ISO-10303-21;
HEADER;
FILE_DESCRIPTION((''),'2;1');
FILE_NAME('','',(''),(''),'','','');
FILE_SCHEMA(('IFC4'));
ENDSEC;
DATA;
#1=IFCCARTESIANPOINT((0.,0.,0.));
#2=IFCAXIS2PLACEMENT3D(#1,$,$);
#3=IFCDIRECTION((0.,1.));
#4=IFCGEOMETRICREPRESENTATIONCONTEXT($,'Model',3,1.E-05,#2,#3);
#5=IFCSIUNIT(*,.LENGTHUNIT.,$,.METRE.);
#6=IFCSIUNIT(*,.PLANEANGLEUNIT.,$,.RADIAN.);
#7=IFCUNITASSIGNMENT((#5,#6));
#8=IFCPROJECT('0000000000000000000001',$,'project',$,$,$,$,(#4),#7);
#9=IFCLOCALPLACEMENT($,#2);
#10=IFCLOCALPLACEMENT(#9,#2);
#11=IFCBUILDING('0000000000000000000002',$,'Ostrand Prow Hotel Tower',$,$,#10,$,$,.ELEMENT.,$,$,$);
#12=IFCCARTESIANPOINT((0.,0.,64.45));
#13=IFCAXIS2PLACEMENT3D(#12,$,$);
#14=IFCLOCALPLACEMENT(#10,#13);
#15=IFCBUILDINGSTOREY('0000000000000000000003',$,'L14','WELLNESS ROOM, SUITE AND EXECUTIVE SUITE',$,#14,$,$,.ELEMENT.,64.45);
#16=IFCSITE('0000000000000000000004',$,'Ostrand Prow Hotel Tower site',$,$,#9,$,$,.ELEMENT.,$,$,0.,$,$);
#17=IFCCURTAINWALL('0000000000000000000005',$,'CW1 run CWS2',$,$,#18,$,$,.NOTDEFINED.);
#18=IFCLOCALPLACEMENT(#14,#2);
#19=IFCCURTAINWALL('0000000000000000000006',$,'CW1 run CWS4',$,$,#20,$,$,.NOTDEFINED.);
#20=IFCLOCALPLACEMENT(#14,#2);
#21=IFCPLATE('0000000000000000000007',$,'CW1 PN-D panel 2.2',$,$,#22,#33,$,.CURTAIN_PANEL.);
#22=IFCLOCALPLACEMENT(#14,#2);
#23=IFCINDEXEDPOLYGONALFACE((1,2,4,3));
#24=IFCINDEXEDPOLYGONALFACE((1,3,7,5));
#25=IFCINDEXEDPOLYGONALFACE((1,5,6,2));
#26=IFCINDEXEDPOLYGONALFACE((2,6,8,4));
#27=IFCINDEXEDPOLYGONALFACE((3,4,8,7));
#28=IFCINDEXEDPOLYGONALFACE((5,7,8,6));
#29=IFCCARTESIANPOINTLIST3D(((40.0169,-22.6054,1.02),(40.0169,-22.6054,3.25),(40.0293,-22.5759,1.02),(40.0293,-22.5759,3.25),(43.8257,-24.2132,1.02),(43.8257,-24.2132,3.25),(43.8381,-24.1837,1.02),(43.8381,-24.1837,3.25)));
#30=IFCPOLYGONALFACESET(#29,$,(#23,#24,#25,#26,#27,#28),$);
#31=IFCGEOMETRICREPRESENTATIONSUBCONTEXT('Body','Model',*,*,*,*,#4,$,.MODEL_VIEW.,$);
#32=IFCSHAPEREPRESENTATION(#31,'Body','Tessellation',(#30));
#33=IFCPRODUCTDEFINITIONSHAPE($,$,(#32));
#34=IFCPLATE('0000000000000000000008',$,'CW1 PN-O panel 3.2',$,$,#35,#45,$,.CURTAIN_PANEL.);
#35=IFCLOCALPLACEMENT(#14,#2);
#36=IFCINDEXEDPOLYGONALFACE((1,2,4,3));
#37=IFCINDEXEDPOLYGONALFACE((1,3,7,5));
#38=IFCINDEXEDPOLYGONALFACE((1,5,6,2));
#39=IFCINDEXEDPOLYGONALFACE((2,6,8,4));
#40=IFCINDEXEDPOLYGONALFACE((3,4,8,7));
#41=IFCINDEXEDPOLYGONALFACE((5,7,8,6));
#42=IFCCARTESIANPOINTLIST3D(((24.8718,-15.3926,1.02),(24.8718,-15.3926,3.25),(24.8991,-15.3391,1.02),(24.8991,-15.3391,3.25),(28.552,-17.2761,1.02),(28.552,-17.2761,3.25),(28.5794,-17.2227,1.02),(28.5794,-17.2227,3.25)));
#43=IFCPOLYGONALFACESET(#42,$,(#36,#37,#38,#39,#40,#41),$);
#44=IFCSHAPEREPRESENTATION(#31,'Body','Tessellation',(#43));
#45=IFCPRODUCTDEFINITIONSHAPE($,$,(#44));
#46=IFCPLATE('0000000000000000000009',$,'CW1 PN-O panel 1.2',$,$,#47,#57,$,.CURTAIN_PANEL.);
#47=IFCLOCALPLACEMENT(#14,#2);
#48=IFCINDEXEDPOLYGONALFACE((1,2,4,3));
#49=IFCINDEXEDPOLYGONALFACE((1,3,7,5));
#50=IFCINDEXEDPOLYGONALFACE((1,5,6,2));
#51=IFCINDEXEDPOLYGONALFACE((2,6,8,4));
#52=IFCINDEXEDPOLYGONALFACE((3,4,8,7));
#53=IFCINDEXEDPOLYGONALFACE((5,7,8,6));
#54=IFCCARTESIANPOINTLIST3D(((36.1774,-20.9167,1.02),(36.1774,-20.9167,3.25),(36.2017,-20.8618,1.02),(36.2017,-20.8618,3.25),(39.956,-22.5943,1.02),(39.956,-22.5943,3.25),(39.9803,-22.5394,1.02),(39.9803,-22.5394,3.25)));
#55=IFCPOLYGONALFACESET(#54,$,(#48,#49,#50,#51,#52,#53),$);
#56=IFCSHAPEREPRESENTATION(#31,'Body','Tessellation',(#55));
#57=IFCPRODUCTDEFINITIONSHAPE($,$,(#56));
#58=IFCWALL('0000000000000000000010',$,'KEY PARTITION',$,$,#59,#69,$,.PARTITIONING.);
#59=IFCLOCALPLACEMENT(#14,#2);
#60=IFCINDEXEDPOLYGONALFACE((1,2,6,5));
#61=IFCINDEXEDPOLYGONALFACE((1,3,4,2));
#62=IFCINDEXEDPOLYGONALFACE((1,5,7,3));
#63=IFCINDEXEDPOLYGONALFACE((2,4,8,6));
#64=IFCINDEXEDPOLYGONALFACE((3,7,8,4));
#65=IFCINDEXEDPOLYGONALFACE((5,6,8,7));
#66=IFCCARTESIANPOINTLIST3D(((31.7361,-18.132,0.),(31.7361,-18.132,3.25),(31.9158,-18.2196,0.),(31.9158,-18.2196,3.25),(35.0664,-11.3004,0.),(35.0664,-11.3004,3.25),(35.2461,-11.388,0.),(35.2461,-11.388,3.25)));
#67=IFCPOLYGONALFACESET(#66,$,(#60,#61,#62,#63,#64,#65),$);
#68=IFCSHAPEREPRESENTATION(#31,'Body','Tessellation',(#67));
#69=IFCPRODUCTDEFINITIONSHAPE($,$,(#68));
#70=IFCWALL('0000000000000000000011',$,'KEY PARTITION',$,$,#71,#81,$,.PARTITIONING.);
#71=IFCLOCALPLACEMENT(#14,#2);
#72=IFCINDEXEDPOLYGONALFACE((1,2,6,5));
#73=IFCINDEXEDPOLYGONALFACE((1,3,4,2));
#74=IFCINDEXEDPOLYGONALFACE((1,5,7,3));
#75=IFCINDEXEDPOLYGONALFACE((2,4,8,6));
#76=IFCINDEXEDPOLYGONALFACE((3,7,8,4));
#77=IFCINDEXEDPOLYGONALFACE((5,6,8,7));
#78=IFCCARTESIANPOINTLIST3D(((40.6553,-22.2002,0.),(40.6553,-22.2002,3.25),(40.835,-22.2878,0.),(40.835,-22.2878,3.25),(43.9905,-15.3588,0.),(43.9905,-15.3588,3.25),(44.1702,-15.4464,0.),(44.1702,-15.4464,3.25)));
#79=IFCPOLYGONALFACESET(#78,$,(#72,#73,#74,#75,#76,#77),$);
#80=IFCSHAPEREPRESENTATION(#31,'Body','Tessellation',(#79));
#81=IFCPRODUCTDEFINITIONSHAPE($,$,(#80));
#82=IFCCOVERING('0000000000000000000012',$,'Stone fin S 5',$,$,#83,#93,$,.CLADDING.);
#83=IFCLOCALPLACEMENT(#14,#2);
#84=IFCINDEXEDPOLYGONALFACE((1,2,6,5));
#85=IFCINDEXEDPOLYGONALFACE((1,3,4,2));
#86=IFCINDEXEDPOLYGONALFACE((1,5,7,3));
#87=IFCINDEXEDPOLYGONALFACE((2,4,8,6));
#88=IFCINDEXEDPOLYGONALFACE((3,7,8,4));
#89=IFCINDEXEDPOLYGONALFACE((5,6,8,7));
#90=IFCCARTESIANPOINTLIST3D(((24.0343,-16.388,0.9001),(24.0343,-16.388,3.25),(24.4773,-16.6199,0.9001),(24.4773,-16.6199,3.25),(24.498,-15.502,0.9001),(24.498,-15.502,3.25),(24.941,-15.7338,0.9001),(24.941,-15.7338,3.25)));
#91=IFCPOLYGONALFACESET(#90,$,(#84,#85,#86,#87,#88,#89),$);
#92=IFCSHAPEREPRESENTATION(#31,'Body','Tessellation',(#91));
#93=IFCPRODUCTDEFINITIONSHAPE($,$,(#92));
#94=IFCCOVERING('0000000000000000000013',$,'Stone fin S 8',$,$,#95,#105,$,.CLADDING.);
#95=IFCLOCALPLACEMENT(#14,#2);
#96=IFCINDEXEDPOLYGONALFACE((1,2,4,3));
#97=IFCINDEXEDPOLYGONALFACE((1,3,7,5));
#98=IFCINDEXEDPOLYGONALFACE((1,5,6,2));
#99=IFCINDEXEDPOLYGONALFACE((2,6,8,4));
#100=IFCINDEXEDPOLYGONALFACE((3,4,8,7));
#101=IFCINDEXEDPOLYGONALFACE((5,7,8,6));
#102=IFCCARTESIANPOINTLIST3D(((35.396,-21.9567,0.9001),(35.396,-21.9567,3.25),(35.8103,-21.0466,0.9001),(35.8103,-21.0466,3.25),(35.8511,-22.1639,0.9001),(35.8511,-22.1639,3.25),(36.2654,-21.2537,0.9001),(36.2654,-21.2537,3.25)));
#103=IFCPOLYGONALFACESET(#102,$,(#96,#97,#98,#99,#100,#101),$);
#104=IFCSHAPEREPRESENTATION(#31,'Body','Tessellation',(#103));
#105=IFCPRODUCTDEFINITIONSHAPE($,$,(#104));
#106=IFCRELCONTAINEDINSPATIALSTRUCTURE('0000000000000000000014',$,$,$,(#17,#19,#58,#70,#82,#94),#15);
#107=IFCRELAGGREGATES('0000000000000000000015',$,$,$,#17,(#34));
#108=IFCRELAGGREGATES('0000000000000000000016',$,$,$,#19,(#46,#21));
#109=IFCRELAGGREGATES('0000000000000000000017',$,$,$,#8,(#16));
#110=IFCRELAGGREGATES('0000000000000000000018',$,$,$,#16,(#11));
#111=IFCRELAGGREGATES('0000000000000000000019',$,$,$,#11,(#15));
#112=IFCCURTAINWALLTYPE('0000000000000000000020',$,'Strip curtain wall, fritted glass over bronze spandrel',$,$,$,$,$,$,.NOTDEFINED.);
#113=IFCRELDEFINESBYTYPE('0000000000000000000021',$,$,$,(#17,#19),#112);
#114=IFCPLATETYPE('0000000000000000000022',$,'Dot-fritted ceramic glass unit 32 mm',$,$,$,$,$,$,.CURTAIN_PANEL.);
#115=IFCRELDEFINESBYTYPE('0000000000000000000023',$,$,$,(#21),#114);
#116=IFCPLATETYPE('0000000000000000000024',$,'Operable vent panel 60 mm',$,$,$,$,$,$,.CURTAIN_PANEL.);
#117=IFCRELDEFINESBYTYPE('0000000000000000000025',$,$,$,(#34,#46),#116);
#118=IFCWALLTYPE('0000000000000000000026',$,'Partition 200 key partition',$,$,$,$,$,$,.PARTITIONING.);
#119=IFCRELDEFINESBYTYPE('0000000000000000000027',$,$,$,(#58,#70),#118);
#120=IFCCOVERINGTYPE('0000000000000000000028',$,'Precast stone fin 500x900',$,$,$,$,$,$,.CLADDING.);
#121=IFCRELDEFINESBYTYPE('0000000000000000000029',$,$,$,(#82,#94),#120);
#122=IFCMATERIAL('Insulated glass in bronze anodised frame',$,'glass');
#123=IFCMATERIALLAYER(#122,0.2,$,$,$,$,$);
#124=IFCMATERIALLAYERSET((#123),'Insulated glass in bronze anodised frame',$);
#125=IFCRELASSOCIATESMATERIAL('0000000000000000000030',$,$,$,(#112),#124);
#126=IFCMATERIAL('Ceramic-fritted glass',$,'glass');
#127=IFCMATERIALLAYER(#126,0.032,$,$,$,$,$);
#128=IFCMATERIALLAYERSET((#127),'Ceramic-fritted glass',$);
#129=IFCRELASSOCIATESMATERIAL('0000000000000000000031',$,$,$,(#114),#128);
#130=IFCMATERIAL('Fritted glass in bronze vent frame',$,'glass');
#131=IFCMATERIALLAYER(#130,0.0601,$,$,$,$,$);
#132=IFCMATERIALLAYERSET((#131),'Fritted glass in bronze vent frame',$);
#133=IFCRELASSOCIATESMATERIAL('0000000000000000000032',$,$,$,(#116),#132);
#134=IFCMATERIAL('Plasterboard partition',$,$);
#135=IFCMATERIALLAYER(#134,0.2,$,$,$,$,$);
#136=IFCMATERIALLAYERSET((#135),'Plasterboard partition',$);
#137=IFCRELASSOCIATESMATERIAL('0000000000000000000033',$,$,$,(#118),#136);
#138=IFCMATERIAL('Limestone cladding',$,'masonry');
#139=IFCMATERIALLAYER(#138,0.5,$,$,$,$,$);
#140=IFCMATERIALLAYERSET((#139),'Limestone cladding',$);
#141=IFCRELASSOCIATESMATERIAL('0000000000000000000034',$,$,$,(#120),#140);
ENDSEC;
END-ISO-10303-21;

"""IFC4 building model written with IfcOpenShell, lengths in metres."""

from ifc_helpers import new_model, si_unit, direction, frame, frame_2d, origin, origin_2d, place, context, subcontext, project, spatial, rectangle, extrude, material, layer, layer_set, type_object, element, aggregate, save


model = new_model("IFC4")

# Units and contexts
model_context = context("Model", 3, precision=1e-05, world=origin(), true_north=direction((0.0, 1.0)))
body_context = subcontext(model_context, "Body", "Model", "MODEL_VIEW")
ifc_project = project(units=[si_unit("LENGTHUNIT", "METRE"), si_unit("PLANEANGLEUNIT", "RADIAN")], contexts=[model_context])

# Site, building, storey
site_placement = place(None, origin())
site = spatial("IfcSite", under=ifc_project, at=site_placement, Name="Ostrand Prow Hotel Tower site", CompositionType="ELEMENT", RefElevation=0.0)
building_placement = place(site_placement, origin())
building = spatial("IfcBuilding", under=site, at=building_placement, Name="Ostrand Prow Hotel Tower", CompositionType="ELEMENT")
storey_placement = place(building_placement, frame((0.0, 0.0, 64.45)))
storey = spatial("IfcBuildingStorey", under=building, at=storey_placement, Name="L14", Description="WELLNESS ROOM, SUITE AND EXECUTIVE SUITE", CompositionType="ELEMENT", Elevation=64.45)

# Curtain wall
ifc_material_1 = material(Name="Insulated glass in bronze anodised frame", Category="glass")
ifc_layer_1 = layer(ifc_material_1, 0.2)
ifc_layer_set_1 = layer_set([ifc_layer_1], Name="Insulated glass in bronze anodised frame")
curtain_wall_type = type_object("IfcCurtainWallType", Name="Strip curtain wall, fritted glass over bronze spandrel", PredefinedType="NOTDEFINED", material=ifc_layer_set_1)
curtain_wall_1_placement = place(storey_placement, origin())
curtain_wall_1 = element("IfcCurtainWall", 1, at=curtain_wall_1_placement, inside=storey, type_object=curtain_wall_type, Name="CW1 run CWS2", PredefinedType="NOTDEFINED")

# Curtain wall
curtain_wall_2_placement = place(storey_placement, origin())
curtain_wall_2 = element("IfcCurtainWall", 2, at=curtain_wall_2_placement, inside=storey, type_object=curtain_wall_type, Name="CW1 run CWS4", PredefinedType="NOTDEFINED")

# Plates
ifc_material_2 = material(Name="Ceramic-fritted glass", Category="glass")
ifc_layer_2 = layer(ifc_material_2, 0.032)
ifc_layer_set_2 = layer_set([ifc_layer_2], Name="Ceramic-fritted glass")
plate_type_1 = type_object("IfcPlateType", Name="Dot-fritted ceramic glass unit 32 mm", PredefinedType="CURTAIN_PANEL", material=ifc_layer_set_2)
plate_1_placement = place(storey_placement, frame((41.9275, -23.3945, 1.02), z_axis=(0.0, 0.0, 1.0), x_axis=(0.921283, -0.388892, 0.0)))
plate_1 = element("IfcPlate", 3, at=plate_1_placement, type_object=plate_type_1, Name="CW1 PN-D panel 2.2", PredefinedType="CURTAIN_PANEL", context=body_context, shape_type="SweptSolid", body=[
    extrude(rectangle(XDim=4.1343, YDim=0.032, at=origin_2d()), origin(), (0.0, 0.0, 1.0), 2.23),
])
ifc_material_3 = material(Name="Fritted glass in bronze vent frame", Category="glass")
ifc_layer_3 = layer(ifc_material_3, 0.0601)
ifc_layer_set_3 = layer_set([ifc_layer_3], Name="Fritted glass in bronze vent frame")
plate_type_2 = type_object("IfcPlateType", Name="Operable vent panel 60 mm", PredefinedType="CURTAIN_PANEL", material=ifc_layer_set_3)
plate_2_placement = place(storey_placement, frame((26.7256, -16.3076, 1.02), z_axis=(0.0, 0.0, 1.0), x_axis=(0.890187, -0.455596, 0.0)))
plate_2 = element("IfcPlate", 4, at=plate_2_placement, type_object=plate_type_2, Name="CW1 PN-O panel 3.2", PredefinedType="CURTAIN_PANEL", context=body_context, shape_type="SweptSolid", body=[
    extrude(rectangle(XDim=4.1343, YDim=0.0601, at=origin_2d()), origin(), (0.0, 0.0, 1.0), 2.23),
])
aggregate(curtain_wall_1, [plate_2])
plate_3_placement = place(storey_placement, frame((38.0789, -21.728, 1.02), z_axis=(0.0, 0.0, 1.0), x_axis=(0.913971, -0.40578, 0.0)))
plate_3 = element("IfcPlate", 5, at=plate_3_placement, type_object=plate_type_2, Name="CW1 PN-O panel 1.2", PredefinedType="CURTAIN_PANEL", context=body_context, shape_type="SweptSolid", body=[
    extrude(rectangle(XDim=4.1343, YDim=0.0601, at=origin_2d()), origin(), (0.0, 0.0, 1.0), 2.23),
])
aggregate(curtain_wall_2, [plate_3, plate_1])

# Walls
ifc_material_4 = material(Name="Plasterboard partition")
ifc_layer_4 = layer(ifc_material_4, 0.2)
ifc_layer_set_4 = layer_set([ifc_layer_4], Name="Plasterboard partition")
wall_type = type_object("IfcWallType", Name="Partition 200 key partition", PredefinedType="PARTITIONING", material=ifc_layer_set_4)
wall_1_placement = place(storey_placement, frame((31.8259, -18.1758, 0.0), z_axis=(0.0, 0.0, 1.0), x_axis=(0.438196, 0.898879, 0.0)))
element("IfcWall", 6, at=wall_1_placement, inside=storey, type_object=wall_type, Name="KEY PARTITION", PredefinedType="PARTITIONING", context=body_context, shape_type="SweptSolid", body=[
    extrude(rectangle(XDim=7.6001, YDim=0.2, at=frame_2d((3.8, 0.0))), origin(), (0.0, 0.0, 1.0), 3.25),
])
wall_2_placement = place(storey_placement, frame((40.7451, -22.2441, 0.0), z_axis=(0.0, 0.0, 1.0), x_axis=(0.438197, 0.898879, 0.0)))
element("IfcWall", 7, at=wall_2_placement, inside=storey, type_object=wall_type, Name="KEY PARTITION", PredefinedType="PARTITIONING", context=body_context, shape_type="SweptSolid", body=[
    extrude(rectangle(XDim=7.6111, YDim=0.2, at=frame_2d((3.8057, 0.0))), origin(), (0.0, 0.0, 1.0), 3.25),
])

# Coverings
ifc_material_5 = material(Name="Limestone cladding", Category="masonry")
ifc_layer_5 = layer(ifc_material_5, 0.5)
ifc_layer_set_5 = layer_set([ifc_layer_5], Name="Limestone cladding")
covering_type = type_object("IfcCoveringType", Name="Precast stone fin 500x900", PredefinedType="CLADDING", material=ifc_layer_set_5)
for number, where, z_axis, x_axis, name in (
    (8, (24.7195, -15.6179, 0.9001), (0.0, 0.0, 1.0), (-0.463642, -0.886023, 0.0), "Stone fin S 5"),
    (9, (36.0378, -21.1501, 0.9001), (0.0, 0.0, 1.0), (-0.4143, -0.910141, 0.0), "Stone fin S 8"),
):
    element("IfcCovering", number, at=place(storey_placement, frame(where, z_axis=z_axis, x_axis=x_axis)), inside=storey, type_object=covering_type, Name=name, PredefinedType="CLADDING", context=body_context, shape_type="SweptSolid", body=[
        extrude(rectangle(XDim=1.0, YDim=0.5, at=frame_2d((0.5, 0.0))), origin(), (0.0, 0.0, 1.0), 2.3499),
    ])

save(model, "model.ifc")
